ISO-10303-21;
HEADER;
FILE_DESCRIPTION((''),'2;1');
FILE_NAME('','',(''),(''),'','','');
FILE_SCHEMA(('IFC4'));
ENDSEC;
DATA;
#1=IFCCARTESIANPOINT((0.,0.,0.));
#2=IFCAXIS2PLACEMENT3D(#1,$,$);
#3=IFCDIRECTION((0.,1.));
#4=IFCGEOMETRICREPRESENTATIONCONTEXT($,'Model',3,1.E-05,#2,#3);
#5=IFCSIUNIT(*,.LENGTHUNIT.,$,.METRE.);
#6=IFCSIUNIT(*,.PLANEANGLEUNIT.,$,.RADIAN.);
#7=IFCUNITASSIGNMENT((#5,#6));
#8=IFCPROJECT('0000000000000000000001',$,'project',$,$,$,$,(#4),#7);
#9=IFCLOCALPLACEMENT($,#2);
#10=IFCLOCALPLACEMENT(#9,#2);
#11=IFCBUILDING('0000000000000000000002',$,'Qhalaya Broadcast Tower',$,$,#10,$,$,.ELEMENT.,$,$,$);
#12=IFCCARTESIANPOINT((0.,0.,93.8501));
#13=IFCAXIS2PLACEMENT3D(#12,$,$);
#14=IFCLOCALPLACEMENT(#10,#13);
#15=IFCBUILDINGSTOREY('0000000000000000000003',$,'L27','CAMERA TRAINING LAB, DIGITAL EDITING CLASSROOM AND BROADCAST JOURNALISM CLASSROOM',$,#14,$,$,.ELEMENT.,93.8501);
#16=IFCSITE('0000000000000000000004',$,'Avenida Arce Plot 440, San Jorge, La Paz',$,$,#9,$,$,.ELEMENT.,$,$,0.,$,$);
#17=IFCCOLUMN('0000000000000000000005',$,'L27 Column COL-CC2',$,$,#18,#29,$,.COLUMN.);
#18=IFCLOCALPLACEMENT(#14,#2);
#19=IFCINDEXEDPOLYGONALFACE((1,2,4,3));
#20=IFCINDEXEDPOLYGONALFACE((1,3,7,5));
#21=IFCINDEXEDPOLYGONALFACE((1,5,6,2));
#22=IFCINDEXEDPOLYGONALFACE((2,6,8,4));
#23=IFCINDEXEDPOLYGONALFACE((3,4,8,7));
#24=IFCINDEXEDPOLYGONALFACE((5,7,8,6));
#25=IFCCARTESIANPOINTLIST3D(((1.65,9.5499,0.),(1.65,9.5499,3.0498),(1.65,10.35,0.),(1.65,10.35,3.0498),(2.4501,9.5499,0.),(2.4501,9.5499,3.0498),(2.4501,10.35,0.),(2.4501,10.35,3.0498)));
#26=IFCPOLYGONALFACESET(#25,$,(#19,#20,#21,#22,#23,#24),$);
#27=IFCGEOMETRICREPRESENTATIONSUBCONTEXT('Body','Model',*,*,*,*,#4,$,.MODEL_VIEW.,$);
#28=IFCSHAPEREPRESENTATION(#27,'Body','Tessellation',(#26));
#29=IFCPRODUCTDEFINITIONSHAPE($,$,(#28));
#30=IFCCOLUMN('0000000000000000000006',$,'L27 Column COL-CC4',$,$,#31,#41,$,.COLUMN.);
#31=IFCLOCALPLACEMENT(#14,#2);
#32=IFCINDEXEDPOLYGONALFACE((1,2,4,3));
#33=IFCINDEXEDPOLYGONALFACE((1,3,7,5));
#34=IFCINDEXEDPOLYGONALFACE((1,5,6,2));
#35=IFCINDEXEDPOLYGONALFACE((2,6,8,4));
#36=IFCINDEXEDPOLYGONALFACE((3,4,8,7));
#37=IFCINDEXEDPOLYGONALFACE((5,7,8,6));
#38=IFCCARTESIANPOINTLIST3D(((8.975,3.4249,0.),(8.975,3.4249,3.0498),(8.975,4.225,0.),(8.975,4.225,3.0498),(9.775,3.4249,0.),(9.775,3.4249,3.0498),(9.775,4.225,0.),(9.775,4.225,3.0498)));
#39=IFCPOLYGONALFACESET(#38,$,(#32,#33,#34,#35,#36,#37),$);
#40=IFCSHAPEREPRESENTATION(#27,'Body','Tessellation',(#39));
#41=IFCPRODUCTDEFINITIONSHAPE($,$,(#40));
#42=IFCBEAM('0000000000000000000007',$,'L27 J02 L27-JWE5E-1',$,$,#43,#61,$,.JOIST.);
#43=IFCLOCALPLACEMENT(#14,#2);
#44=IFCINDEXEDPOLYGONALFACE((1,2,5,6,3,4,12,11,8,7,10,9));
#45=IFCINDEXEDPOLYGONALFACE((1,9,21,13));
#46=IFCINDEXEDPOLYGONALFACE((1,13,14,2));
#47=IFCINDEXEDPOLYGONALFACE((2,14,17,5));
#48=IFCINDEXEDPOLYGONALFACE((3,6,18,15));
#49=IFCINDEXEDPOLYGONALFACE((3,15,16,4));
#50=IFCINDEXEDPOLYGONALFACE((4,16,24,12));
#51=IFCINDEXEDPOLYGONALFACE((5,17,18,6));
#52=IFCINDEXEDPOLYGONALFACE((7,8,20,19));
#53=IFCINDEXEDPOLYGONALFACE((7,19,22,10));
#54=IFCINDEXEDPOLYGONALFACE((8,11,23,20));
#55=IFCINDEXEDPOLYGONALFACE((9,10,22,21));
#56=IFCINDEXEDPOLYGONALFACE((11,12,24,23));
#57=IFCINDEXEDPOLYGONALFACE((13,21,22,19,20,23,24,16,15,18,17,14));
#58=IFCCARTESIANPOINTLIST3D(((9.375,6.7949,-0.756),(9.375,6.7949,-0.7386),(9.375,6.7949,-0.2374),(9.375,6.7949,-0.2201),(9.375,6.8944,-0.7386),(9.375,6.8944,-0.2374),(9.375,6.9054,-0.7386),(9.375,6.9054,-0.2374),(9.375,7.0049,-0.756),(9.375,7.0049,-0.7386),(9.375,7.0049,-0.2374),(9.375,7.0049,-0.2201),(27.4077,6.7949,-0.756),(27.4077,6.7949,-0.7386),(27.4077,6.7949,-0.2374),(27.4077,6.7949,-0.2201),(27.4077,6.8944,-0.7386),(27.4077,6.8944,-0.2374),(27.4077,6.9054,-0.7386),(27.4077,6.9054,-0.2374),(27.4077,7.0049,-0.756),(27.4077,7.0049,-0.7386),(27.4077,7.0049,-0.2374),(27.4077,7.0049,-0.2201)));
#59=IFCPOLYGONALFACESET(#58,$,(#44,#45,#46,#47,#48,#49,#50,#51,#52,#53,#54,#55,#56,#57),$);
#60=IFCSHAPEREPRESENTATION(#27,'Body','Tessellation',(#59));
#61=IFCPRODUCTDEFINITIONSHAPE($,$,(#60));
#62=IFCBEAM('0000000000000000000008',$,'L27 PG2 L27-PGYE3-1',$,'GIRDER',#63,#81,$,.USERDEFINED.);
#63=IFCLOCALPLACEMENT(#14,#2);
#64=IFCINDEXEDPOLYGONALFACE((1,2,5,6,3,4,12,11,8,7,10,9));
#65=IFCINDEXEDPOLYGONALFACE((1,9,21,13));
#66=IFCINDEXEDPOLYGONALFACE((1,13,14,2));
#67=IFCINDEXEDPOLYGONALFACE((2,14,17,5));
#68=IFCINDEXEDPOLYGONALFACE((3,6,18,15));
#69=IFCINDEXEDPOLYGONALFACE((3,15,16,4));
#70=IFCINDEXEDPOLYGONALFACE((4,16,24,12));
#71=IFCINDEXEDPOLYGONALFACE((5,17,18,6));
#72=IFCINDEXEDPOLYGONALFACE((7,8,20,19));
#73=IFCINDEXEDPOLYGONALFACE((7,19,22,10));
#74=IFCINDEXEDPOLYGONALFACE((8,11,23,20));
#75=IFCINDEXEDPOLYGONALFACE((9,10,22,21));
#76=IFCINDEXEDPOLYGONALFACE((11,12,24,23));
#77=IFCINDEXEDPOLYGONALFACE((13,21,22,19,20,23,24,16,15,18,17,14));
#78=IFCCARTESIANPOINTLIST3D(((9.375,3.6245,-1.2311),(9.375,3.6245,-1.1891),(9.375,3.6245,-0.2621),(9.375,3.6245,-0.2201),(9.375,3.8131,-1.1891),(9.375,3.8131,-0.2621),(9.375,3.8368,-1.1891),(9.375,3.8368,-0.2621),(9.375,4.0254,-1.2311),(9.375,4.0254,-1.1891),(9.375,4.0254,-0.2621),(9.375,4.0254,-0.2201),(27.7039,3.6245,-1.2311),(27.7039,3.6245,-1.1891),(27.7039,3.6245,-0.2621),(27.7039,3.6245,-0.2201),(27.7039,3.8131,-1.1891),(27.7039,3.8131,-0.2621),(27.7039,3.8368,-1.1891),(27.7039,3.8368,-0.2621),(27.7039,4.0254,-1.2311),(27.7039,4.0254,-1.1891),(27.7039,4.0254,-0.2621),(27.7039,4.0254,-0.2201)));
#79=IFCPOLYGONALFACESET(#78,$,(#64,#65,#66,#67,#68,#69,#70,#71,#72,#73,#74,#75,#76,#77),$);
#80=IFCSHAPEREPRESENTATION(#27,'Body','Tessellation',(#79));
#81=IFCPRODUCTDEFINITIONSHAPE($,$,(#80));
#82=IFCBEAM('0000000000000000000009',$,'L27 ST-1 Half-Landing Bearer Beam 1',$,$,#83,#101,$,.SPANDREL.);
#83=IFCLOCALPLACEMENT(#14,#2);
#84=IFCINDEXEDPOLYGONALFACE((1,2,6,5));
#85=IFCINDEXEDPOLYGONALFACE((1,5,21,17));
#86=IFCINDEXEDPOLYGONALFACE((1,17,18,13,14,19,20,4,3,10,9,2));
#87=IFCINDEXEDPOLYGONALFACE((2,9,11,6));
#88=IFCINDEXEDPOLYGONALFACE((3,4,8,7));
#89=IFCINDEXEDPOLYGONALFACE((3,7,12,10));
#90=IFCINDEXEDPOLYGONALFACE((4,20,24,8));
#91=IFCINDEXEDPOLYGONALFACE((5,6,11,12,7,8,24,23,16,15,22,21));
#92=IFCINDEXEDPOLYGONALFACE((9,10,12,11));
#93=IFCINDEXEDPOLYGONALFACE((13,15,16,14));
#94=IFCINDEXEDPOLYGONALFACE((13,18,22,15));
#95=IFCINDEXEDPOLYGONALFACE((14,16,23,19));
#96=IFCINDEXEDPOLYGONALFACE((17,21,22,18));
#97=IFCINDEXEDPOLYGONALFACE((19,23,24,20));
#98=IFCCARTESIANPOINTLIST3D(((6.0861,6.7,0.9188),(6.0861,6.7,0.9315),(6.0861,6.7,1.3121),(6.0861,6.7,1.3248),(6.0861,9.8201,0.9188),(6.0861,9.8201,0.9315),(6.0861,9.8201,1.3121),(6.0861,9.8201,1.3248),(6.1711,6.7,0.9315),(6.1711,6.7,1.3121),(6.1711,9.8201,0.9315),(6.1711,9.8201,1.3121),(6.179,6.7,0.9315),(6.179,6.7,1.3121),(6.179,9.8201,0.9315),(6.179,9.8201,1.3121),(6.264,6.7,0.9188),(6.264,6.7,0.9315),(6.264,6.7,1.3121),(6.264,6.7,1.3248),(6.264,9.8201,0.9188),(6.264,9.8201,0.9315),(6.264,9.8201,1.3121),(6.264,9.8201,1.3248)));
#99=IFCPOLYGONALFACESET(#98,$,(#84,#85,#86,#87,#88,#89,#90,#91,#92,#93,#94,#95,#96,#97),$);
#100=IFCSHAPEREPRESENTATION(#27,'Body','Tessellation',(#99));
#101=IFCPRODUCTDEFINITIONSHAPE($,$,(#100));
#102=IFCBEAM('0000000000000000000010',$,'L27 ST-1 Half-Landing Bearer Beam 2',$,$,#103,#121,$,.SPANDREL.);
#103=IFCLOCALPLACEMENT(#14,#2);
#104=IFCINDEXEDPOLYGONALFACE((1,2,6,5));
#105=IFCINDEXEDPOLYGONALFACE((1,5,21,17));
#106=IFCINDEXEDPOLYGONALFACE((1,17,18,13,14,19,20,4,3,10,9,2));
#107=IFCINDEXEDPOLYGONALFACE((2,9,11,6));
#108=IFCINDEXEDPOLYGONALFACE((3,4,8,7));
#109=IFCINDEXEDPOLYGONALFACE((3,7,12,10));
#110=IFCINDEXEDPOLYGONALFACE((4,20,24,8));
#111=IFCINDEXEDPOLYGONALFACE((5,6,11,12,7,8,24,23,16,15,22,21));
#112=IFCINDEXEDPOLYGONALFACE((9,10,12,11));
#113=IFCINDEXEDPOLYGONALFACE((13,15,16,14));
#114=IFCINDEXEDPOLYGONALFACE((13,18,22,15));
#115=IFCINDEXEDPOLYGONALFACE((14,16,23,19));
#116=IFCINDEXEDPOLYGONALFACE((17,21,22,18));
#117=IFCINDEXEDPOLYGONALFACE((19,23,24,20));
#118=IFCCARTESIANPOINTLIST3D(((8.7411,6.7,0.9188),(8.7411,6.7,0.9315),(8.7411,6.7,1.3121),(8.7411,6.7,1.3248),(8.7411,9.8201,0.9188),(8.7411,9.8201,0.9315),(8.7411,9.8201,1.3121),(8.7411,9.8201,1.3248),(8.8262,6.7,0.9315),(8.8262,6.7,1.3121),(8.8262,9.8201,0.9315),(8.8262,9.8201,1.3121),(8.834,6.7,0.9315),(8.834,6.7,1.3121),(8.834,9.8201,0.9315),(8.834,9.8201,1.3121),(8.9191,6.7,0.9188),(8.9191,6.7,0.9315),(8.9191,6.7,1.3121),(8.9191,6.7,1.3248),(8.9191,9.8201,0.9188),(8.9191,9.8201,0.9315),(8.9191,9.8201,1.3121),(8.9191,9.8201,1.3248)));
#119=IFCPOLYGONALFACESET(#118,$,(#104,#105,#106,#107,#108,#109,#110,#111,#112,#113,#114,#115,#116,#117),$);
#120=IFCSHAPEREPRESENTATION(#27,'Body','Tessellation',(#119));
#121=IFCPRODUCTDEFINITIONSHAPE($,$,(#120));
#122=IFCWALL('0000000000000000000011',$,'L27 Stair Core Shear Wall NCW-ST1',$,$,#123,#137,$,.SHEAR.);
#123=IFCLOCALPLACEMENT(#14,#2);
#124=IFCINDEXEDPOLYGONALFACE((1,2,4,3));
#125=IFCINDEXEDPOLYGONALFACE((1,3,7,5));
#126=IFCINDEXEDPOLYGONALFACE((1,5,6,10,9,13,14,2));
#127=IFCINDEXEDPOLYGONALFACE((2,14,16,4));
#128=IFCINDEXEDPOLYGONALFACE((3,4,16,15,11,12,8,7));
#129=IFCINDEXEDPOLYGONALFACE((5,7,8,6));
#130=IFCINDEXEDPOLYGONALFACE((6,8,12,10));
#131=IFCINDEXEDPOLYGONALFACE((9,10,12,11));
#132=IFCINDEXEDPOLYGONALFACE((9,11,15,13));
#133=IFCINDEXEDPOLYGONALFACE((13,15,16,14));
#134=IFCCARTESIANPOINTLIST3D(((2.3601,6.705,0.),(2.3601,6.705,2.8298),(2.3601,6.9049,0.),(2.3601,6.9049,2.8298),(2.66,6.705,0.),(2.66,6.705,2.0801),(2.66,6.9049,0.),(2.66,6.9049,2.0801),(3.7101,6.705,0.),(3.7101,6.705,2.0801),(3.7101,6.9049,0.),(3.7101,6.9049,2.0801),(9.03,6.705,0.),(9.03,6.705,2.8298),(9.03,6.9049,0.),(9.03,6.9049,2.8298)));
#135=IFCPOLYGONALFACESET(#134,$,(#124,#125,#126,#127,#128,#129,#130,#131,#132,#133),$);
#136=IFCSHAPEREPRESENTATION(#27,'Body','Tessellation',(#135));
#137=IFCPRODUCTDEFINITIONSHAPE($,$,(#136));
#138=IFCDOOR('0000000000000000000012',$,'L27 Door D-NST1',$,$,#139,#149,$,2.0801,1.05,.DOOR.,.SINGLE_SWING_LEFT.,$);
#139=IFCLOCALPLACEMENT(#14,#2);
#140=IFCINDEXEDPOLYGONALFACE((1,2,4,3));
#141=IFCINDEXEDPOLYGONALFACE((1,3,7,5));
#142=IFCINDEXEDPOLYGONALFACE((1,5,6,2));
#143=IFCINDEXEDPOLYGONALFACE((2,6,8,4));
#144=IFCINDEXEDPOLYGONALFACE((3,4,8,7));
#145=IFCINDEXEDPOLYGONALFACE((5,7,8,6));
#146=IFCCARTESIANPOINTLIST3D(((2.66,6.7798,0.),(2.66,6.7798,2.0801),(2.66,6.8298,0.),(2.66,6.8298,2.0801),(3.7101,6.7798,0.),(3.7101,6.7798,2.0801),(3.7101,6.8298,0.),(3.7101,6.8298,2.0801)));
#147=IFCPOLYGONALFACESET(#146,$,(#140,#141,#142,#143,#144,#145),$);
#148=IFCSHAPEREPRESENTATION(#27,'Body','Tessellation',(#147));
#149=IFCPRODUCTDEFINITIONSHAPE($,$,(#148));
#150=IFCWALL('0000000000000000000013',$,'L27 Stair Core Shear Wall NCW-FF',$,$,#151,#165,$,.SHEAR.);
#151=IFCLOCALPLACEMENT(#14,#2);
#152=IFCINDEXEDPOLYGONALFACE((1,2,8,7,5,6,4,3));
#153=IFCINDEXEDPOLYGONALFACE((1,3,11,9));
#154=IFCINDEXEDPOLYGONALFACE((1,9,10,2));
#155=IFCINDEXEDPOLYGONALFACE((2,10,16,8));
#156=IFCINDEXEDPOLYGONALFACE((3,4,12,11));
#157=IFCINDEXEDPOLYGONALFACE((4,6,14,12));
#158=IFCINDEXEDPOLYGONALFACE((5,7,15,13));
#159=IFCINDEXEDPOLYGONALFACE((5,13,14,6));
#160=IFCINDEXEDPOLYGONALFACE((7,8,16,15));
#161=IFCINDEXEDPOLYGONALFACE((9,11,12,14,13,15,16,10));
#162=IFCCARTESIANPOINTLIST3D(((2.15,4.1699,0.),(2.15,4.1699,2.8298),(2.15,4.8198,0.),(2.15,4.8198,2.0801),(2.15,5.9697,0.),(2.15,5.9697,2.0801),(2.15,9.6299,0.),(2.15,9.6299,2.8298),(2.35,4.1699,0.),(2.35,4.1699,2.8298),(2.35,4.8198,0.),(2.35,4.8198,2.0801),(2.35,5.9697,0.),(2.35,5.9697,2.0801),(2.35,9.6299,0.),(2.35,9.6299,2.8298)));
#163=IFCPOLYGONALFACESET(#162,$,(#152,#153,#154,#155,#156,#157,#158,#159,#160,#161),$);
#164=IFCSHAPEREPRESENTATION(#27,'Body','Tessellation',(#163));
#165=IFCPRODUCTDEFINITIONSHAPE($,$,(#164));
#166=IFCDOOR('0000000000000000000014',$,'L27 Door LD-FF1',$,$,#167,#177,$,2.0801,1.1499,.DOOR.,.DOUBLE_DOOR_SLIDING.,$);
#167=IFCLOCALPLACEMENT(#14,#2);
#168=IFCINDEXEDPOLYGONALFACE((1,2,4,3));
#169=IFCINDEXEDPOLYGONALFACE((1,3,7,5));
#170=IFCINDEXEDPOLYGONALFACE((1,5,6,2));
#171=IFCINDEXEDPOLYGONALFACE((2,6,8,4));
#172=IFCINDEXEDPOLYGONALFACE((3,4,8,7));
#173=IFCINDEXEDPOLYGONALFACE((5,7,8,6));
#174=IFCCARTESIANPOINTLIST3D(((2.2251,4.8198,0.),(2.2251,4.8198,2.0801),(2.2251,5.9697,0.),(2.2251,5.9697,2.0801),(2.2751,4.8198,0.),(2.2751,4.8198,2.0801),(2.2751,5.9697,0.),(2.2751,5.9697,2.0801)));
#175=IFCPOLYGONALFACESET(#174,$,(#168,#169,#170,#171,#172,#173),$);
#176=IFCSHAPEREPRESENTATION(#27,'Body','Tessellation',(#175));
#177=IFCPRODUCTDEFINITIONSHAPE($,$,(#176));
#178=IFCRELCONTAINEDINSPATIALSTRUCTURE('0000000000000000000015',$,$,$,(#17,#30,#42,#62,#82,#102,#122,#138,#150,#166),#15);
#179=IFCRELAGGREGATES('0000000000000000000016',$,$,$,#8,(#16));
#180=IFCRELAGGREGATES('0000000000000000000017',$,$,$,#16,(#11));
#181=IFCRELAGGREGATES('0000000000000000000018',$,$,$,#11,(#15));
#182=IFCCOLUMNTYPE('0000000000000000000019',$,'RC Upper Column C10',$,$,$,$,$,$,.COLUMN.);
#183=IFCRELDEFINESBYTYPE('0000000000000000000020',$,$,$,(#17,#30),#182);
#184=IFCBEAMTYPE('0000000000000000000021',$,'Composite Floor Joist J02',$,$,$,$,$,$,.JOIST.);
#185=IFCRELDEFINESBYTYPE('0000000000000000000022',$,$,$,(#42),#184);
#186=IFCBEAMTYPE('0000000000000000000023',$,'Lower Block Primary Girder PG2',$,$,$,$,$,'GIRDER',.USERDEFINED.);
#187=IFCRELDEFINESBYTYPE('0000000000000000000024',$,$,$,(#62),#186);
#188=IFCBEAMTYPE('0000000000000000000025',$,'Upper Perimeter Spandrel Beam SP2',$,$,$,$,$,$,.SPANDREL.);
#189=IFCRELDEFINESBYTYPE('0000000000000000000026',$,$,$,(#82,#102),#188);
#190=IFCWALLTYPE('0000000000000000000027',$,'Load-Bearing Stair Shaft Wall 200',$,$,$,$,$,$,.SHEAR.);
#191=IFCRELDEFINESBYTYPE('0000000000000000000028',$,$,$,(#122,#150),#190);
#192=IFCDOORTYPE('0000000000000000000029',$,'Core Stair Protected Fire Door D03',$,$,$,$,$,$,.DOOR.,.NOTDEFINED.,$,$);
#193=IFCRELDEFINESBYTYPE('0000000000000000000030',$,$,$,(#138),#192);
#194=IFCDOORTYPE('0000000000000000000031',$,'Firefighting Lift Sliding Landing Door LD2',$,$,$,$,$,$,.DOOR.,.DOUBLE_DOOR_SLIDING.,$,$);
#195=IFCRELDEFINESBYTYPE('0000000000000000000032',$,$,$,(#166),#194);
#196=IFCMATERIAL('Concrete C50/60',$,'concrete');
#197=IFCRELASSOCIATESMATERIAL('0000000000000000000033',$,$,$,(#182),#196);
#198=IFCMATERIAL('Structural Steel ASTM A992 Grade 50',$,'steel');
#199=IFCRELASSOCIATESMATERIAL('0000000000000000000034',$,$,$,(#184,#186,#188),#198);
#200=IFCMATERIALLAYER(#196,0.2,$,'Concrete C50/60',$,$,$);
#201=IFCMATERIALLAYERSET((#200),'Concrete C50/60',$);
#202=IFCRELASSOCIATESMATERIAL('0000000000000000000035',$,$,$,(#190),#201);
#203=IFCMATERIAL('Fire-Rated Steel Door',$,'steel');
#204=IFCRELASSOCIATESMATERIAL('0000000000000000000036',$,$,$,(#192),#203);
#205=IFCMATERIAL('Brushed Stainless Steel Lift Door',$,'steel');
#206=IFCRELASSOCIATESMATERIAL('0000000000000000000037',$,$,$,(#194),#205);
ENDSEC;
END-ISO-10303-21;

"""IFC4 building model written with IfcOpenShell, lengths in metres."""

from ifc_helpers import new_model, si_unit, direction, frame, frame_2d, origin, origin_2d, place, context, subcontext, project, spatial, rectangle, i_section, extrude, material, layer, layer_set, material_profile, profile_set, type_object, element, fill, save


model = new_model("IFC4")

# Units and contexts
model_context = context("Model", 3, precision=1e-05, world=origin(), true_north=direction((0.0, 1.0)))
body_context = subcontext(model_context, "Body", "Model", "MODEL_VIEW")
ifc_project = project(units=[si_unit("LENGTHUNIT", "METRE"), si_unit("PLANEANGLEUNIT", "RADIAN")], contexts=[model_context])

# Site, building, storey
site_placement = place(None, origin())
site = spatial("IfcSite", under=ifc_project, at=site_placement, Name="Avenida Arce Plot 440, San Jorge, La Paz", CompositionType="ELEMENT", RefElevation=0.0)
building_placement = place(site_placement, origin())
building = spatial("IfcBuilding", under=site, at=building_placement, Name="Qhalaya Broadcast Tower", CompositionType="ELEMENT")
storey_placement = place(building_placement, frame((0.0, 0.0, 93.8501)))
storey = spatial("IfcBuildingStorey", under=building, at=storey_placement, Name="L27", Description="CAMERA TRAINING LAB, DIGITAL EDITING CLASSROOM AND BROADCAST JOURNALISM CLASSROOM", CompositionType="ELEMENT", Elevation=93.8501)

# Columns
ifc_material_1 = material(Name="Concrete C50/60", Category="concrete")
ifc_material_profile_1 = material_profile(ifc_material_1, rectangle(XDim=0.8, YDim=0.8, at=origin_2d()), Name="RC-COL 800x800")
ifc_profile_set_1 = profile_set([ifc_material_profile_1], Name="Concrete C50/60")
column_type = type_object("IfcColumnType", Name="RC Upper Column C10", PredefinedType="COLUMN", material=ifc_profile_set_1)
for number, where, z_axis, x_axis, name in (
    (1, (2.05, 9.95, 0.0), (0.0, 0.0, 1.0), (1.0, 0.0, 0.0), "L27 Column COL-CC2"),
    (2, (9.375, 3.825, 0.0), (0.0, 0.0, 1.0), (1.0, 0.0, 0.0), "L27 Column COL-CC4"),
):
    element("IfcColumn", number, at=place(storey_placement, frame(where, z_axis=z_axis, x_axis=x_axis)), inside=storey, type_object=column_type, Name=name, PredefinedType="COLUMN", context=body_context, shape_type="SweptSolid", body=[
        extrude(rectangle(XDim=0.8, YDim=0.8, at=origin_2d()), origin(), (0.0, 0.0, 1.0), 3.0498),
    ])

# Beams
ifc_material_2 = material(Name="Structural Steel ASTM A992 Grade 50", Category="steel")
ifc_material_profile_2 = material_profile(ifc_material_2, i_section(OverallWidth=0.21, OverallDepth=0.5359, WebThickness=0.011, FlangeThickness=0.0173, at=origin_2d()), Name="W21X68")
ifc_profile_set_2 = profile_set([ifc_material_profile_2], Name="Structural Steel ASTM A992 Grade 50")
beam_type_1 = type_object("IfcBeamType", Name="Composite Floor Joist J02", PredefinedType="JOIST", material=ifc_profile_set_2)
beam_1_placement = place(storey_placement, frame((9.375, 6.8999, -0.488), z_axis=(1.0, 0.0, 0.0), x_axis=(0.0, 1.0, 0.0)))
element("IfcBeam", 3, at=beam_1_placement, inside=storey, type_object=beam_type_1, Name="L27 J02 L27-JWE5E-1", PredefinedType="JOIST", context=body_context, shape_type="SweptSolid", body=[
    extrude(i_section(OverallWidth=0.21, OverallDepth=0.5359, WebThickness=0.011, FlangeThickness=0.0173, at=origin_2d()), origin(), (0.0, 0.0, 1.0), 18.0327),
])
ifc_material_profile_3 = material_profile(ifc_material_2, i_section(OverallWidth=0.4009, OverallDepth=1.011, WebThickness=0.0237, FlangeThickness=0.042, at=origin_2d()), Name="W40X297")
ifc_profile_set_3 = profile_set([ifc_material_profile_3], Name="Structural Steel ASTM A992 Grade 50")
beam_type_2 = type_object("IfcBeamType", Name="Lower Block Primary Girder PG2", ElementType="GIRDER", PredefinedType="USERDEFINED", material=ifc_profile_set_3)
beam_2_placement = place(storey_placement, frame((9.375, 3.825, -0.7256), z_axis=(1.0, 0.0, 0.0), x_axis=(0.0, 1.0, 0.0)))
element("IfcBeam", 4, at=beam_2_placement, inside=storey, type_object=beam_type_2, Name="L27 PG2 L27-PGYE3-1", ObjectType="GIRDER", PredefinedType="USERDEFINED", context=body_context, shape_type="SweptSolid", body=[
    extrude(i_section(OverallWidth=0.4009, OverallDepth=1.011, WebThickness=0.0237, FlangeThickness=0.042, at=origin_2d()), origin(), (0.0, 0.0, 1.0), 18.3289),
])
ifc_material_profile_4 = material_profile(ifc_material_2, i_section(OverallWidth=0.178, OverallDepth=0.406, WebThickness=0.0078, FlangeThickness=0.0127, at=origin_2d()), Name="W16X40")
ifc_profile_set_4 = profile_set([ifc_material_profile_4], Name="Structural Steel ASTM A992 Grade 50")
beam_type_3 = type_object("IfcBeamType", Name="Upper Perimeter Spandrel Beam SP2", PredefinedType="SPANDREL", material=ifc_profile_set_4)
for number, where, z_axis, x_axis, name in (
    (5, (6.175, 6.7, 1.1218), (0.0, 1.0, 0.0), (-1.0, 0.0, 0.0), "L27 ST-1 Half-Landing Bearer Beam 1"),
    (6, (8.8301, 6.7, 1.1218), (0.0, 1.0, 0.0), (-1.0, 0.0, 0.0), "L27 ST-1 Half-Landing Bearer Beam 2"),
):
    element("IfcBeam", number, at=place(storey_placement, frame(where, z_axis=z_axis, x_axis=x_axis)), inside=storey, type_object=beam_type_3, Name=name, PredefinedType="SPANDREL", context=body_context, shape_type="SweptSolid", body=[
        extrude(i_section(OverallWidth=0.178, OverallDepth=0.406, WebThickness=0.0078, FlangeThickness=0.0127, at=origin_2d()), origin(), (0.0, 0.0, 1.0), 3.1201),
    ])

# Walls, openings, doors
ifc_layer_1 = layer(ifc_material_1, 0.2, Name="Concrete C50/60")
ifc_layer_set_1 = layer_set([ifc_layer_1], Name="Concrete C50/60")
wall_type_1 = type_object("IfcWallType", Name="Load-Bearing Stair Shaft Wall 200", PredefinedType="SHEAR", material=ifc_layer_set_1)
wall_1_placement = place(storey_placement, frame((2.3601, 6.8049, 0.0), z_axis=(0.0, 0.0, 1.0), x_axis=(1.0, 0.0, 0.0)))
wall_1 = element("IfcWall", 7, at=wall_1_placement, inside=storey, type_object=wall_type_1, Name="L27 Stair Core Shear Wall NCW-ST1", PredefinedType="SHEAR", context=body_context, shape_type="SweptSolid", body=[
    extrude(rectangle(XDim=6.6699, YDim=0.2, at=frame_2d((3.335, 0.0))), origin(), (0.0, 0.0, 1.0), 2.8298),
])
opening_1_placement = place(wall_1_placement, frame((0.3, 0.0, 0.0)))
opening_1 = element("IfcOpeningElement", 8, at=opening_1_placement, cuts=wall_1, PredefinedType="OPENING", context=body_context, shape_type="SweptSolid", body=[
    extrude(rectangle(XDim=1.05, YDim=2.0801, at=frame_2d((0.5249, 1.04))), frame((0.0, 0.1121, 0.0), z_axis=(0.0, -1.0, 0.0), x_axis=(1.0, 0.0, 0.0)), (0.0, 0.0, 1.0), 0.2239),
])
ifc_material_3 = material(Name="Fire-Rated Steel Door", Category="steel")
door_type_1 = type_object("IfcDoorType", Name="Core Stair Protected Fire Door D03", OperationType="NOTDEFINED", PredefinedType="DOOR", material=ifc_material_3)
door_1_placement = place(opening_1_placement, origin())
door_1 = element("IfcDoor", 9, at=door_1_placement, inside=storey, type_object=door_type_1, Name="L27 Door D-NST1", OperationType="SINGLE_SWING_LEFT", OverallHeight=2.0801, OverallWidth=1.05, PredefinedType="DOOR", context=body_context, shape_type="SweptSolid", body=[
    extrude(rectangle(XDim=1.05, YDim=2.0801, at=frame_2d((0.5249, 1.04))), frame((0.0, 0.0249, 0.0), z_axis=(0.0, -1.0, 0.0), x_axis=(1.0, 0.0, 0.0)), (0.0, 0.0, 1.0), 0.05),
])
fill(opening_1, door_1)
wall_2_placement = place(storey_placement, frame((2.25, 4.1699, 0.0), z_axis=(0.0, 0.0, 1.0), x_axis=(0.0, 1.0, 0.0)))
wall_2 = element("IfcWall", 10, at=wall_2_placement, inside=storey, type_object=wall_type_1, Name="L27 Stair Core Shear Wall NCW-FF", PredefinedType="SHEAR", context=body_context, shape_type="SweptSolid", body=[
    extrude(rectangle(XDim=5.46, YDim=0.2, at=frame_2d((2.73, 0.0))), origin(), (0.0, 0.0, 1.0), 2.8298),
])
opening_2_placement = place(wall_2_placement, frame((0.6499, 0.0, 0.0)))
opening_2 = element("IfcOpeningElement", 11, at=opening_2_placement, cuts=wall_2, PredefinedType="OPENING", context=body_context, shape_type="SweptSolid", body=[
    extrude(rectangle(XDim=1.1499, YDim=2.0801, at=frame_2d((0.575, 1.04))), frame((0.0, 0.1121, 0.0), z_axis=(0.0, -1.0, 0.0), x_axis=(1.0, 0.0, 0.0)), (0.0, 0.0, 1.0), 0.2239),
])
ifc_material_4 = material(Name="Brushed Stainless Steel Lift Door", Category="steel")
door_type_2 = type_object("IfcDoorType", Name="Firefighting Lift Sliding Landing Door LD2", OperationType="DOUBLE_DOOR_SLIDING", PredefinedType="DOOR", material=ifc_material_4)
door_2_placement = place(opening_2_placement, origin())
door_2 = element("IfcDoor", 12, at=door_2_placement, inside=storey, type_object=door_type_2, Name="L27 Door LD-FF1", OperationType="DOUBLE_DOOR_SLIDING", OverallHeight=2.0801, OverallWidth=1.1499, PredefinedType="DOOR", context=body_context, shape_type="SweptSolid", body=[
    extrude(rectangle(XDim=1.1499, YDim=2.0801, at=frame_2d((0.575, 1.04))), frame((0.0, 0.0249, 0.0), z_axis=(0.0, -1.0, 0.0), x_axis=(1.0, 0.0, 0.0)), (0.0, 0.0, 1.0), 0.05),
])
fill(opening_2, door_2)

save(model, "model.ifc")
